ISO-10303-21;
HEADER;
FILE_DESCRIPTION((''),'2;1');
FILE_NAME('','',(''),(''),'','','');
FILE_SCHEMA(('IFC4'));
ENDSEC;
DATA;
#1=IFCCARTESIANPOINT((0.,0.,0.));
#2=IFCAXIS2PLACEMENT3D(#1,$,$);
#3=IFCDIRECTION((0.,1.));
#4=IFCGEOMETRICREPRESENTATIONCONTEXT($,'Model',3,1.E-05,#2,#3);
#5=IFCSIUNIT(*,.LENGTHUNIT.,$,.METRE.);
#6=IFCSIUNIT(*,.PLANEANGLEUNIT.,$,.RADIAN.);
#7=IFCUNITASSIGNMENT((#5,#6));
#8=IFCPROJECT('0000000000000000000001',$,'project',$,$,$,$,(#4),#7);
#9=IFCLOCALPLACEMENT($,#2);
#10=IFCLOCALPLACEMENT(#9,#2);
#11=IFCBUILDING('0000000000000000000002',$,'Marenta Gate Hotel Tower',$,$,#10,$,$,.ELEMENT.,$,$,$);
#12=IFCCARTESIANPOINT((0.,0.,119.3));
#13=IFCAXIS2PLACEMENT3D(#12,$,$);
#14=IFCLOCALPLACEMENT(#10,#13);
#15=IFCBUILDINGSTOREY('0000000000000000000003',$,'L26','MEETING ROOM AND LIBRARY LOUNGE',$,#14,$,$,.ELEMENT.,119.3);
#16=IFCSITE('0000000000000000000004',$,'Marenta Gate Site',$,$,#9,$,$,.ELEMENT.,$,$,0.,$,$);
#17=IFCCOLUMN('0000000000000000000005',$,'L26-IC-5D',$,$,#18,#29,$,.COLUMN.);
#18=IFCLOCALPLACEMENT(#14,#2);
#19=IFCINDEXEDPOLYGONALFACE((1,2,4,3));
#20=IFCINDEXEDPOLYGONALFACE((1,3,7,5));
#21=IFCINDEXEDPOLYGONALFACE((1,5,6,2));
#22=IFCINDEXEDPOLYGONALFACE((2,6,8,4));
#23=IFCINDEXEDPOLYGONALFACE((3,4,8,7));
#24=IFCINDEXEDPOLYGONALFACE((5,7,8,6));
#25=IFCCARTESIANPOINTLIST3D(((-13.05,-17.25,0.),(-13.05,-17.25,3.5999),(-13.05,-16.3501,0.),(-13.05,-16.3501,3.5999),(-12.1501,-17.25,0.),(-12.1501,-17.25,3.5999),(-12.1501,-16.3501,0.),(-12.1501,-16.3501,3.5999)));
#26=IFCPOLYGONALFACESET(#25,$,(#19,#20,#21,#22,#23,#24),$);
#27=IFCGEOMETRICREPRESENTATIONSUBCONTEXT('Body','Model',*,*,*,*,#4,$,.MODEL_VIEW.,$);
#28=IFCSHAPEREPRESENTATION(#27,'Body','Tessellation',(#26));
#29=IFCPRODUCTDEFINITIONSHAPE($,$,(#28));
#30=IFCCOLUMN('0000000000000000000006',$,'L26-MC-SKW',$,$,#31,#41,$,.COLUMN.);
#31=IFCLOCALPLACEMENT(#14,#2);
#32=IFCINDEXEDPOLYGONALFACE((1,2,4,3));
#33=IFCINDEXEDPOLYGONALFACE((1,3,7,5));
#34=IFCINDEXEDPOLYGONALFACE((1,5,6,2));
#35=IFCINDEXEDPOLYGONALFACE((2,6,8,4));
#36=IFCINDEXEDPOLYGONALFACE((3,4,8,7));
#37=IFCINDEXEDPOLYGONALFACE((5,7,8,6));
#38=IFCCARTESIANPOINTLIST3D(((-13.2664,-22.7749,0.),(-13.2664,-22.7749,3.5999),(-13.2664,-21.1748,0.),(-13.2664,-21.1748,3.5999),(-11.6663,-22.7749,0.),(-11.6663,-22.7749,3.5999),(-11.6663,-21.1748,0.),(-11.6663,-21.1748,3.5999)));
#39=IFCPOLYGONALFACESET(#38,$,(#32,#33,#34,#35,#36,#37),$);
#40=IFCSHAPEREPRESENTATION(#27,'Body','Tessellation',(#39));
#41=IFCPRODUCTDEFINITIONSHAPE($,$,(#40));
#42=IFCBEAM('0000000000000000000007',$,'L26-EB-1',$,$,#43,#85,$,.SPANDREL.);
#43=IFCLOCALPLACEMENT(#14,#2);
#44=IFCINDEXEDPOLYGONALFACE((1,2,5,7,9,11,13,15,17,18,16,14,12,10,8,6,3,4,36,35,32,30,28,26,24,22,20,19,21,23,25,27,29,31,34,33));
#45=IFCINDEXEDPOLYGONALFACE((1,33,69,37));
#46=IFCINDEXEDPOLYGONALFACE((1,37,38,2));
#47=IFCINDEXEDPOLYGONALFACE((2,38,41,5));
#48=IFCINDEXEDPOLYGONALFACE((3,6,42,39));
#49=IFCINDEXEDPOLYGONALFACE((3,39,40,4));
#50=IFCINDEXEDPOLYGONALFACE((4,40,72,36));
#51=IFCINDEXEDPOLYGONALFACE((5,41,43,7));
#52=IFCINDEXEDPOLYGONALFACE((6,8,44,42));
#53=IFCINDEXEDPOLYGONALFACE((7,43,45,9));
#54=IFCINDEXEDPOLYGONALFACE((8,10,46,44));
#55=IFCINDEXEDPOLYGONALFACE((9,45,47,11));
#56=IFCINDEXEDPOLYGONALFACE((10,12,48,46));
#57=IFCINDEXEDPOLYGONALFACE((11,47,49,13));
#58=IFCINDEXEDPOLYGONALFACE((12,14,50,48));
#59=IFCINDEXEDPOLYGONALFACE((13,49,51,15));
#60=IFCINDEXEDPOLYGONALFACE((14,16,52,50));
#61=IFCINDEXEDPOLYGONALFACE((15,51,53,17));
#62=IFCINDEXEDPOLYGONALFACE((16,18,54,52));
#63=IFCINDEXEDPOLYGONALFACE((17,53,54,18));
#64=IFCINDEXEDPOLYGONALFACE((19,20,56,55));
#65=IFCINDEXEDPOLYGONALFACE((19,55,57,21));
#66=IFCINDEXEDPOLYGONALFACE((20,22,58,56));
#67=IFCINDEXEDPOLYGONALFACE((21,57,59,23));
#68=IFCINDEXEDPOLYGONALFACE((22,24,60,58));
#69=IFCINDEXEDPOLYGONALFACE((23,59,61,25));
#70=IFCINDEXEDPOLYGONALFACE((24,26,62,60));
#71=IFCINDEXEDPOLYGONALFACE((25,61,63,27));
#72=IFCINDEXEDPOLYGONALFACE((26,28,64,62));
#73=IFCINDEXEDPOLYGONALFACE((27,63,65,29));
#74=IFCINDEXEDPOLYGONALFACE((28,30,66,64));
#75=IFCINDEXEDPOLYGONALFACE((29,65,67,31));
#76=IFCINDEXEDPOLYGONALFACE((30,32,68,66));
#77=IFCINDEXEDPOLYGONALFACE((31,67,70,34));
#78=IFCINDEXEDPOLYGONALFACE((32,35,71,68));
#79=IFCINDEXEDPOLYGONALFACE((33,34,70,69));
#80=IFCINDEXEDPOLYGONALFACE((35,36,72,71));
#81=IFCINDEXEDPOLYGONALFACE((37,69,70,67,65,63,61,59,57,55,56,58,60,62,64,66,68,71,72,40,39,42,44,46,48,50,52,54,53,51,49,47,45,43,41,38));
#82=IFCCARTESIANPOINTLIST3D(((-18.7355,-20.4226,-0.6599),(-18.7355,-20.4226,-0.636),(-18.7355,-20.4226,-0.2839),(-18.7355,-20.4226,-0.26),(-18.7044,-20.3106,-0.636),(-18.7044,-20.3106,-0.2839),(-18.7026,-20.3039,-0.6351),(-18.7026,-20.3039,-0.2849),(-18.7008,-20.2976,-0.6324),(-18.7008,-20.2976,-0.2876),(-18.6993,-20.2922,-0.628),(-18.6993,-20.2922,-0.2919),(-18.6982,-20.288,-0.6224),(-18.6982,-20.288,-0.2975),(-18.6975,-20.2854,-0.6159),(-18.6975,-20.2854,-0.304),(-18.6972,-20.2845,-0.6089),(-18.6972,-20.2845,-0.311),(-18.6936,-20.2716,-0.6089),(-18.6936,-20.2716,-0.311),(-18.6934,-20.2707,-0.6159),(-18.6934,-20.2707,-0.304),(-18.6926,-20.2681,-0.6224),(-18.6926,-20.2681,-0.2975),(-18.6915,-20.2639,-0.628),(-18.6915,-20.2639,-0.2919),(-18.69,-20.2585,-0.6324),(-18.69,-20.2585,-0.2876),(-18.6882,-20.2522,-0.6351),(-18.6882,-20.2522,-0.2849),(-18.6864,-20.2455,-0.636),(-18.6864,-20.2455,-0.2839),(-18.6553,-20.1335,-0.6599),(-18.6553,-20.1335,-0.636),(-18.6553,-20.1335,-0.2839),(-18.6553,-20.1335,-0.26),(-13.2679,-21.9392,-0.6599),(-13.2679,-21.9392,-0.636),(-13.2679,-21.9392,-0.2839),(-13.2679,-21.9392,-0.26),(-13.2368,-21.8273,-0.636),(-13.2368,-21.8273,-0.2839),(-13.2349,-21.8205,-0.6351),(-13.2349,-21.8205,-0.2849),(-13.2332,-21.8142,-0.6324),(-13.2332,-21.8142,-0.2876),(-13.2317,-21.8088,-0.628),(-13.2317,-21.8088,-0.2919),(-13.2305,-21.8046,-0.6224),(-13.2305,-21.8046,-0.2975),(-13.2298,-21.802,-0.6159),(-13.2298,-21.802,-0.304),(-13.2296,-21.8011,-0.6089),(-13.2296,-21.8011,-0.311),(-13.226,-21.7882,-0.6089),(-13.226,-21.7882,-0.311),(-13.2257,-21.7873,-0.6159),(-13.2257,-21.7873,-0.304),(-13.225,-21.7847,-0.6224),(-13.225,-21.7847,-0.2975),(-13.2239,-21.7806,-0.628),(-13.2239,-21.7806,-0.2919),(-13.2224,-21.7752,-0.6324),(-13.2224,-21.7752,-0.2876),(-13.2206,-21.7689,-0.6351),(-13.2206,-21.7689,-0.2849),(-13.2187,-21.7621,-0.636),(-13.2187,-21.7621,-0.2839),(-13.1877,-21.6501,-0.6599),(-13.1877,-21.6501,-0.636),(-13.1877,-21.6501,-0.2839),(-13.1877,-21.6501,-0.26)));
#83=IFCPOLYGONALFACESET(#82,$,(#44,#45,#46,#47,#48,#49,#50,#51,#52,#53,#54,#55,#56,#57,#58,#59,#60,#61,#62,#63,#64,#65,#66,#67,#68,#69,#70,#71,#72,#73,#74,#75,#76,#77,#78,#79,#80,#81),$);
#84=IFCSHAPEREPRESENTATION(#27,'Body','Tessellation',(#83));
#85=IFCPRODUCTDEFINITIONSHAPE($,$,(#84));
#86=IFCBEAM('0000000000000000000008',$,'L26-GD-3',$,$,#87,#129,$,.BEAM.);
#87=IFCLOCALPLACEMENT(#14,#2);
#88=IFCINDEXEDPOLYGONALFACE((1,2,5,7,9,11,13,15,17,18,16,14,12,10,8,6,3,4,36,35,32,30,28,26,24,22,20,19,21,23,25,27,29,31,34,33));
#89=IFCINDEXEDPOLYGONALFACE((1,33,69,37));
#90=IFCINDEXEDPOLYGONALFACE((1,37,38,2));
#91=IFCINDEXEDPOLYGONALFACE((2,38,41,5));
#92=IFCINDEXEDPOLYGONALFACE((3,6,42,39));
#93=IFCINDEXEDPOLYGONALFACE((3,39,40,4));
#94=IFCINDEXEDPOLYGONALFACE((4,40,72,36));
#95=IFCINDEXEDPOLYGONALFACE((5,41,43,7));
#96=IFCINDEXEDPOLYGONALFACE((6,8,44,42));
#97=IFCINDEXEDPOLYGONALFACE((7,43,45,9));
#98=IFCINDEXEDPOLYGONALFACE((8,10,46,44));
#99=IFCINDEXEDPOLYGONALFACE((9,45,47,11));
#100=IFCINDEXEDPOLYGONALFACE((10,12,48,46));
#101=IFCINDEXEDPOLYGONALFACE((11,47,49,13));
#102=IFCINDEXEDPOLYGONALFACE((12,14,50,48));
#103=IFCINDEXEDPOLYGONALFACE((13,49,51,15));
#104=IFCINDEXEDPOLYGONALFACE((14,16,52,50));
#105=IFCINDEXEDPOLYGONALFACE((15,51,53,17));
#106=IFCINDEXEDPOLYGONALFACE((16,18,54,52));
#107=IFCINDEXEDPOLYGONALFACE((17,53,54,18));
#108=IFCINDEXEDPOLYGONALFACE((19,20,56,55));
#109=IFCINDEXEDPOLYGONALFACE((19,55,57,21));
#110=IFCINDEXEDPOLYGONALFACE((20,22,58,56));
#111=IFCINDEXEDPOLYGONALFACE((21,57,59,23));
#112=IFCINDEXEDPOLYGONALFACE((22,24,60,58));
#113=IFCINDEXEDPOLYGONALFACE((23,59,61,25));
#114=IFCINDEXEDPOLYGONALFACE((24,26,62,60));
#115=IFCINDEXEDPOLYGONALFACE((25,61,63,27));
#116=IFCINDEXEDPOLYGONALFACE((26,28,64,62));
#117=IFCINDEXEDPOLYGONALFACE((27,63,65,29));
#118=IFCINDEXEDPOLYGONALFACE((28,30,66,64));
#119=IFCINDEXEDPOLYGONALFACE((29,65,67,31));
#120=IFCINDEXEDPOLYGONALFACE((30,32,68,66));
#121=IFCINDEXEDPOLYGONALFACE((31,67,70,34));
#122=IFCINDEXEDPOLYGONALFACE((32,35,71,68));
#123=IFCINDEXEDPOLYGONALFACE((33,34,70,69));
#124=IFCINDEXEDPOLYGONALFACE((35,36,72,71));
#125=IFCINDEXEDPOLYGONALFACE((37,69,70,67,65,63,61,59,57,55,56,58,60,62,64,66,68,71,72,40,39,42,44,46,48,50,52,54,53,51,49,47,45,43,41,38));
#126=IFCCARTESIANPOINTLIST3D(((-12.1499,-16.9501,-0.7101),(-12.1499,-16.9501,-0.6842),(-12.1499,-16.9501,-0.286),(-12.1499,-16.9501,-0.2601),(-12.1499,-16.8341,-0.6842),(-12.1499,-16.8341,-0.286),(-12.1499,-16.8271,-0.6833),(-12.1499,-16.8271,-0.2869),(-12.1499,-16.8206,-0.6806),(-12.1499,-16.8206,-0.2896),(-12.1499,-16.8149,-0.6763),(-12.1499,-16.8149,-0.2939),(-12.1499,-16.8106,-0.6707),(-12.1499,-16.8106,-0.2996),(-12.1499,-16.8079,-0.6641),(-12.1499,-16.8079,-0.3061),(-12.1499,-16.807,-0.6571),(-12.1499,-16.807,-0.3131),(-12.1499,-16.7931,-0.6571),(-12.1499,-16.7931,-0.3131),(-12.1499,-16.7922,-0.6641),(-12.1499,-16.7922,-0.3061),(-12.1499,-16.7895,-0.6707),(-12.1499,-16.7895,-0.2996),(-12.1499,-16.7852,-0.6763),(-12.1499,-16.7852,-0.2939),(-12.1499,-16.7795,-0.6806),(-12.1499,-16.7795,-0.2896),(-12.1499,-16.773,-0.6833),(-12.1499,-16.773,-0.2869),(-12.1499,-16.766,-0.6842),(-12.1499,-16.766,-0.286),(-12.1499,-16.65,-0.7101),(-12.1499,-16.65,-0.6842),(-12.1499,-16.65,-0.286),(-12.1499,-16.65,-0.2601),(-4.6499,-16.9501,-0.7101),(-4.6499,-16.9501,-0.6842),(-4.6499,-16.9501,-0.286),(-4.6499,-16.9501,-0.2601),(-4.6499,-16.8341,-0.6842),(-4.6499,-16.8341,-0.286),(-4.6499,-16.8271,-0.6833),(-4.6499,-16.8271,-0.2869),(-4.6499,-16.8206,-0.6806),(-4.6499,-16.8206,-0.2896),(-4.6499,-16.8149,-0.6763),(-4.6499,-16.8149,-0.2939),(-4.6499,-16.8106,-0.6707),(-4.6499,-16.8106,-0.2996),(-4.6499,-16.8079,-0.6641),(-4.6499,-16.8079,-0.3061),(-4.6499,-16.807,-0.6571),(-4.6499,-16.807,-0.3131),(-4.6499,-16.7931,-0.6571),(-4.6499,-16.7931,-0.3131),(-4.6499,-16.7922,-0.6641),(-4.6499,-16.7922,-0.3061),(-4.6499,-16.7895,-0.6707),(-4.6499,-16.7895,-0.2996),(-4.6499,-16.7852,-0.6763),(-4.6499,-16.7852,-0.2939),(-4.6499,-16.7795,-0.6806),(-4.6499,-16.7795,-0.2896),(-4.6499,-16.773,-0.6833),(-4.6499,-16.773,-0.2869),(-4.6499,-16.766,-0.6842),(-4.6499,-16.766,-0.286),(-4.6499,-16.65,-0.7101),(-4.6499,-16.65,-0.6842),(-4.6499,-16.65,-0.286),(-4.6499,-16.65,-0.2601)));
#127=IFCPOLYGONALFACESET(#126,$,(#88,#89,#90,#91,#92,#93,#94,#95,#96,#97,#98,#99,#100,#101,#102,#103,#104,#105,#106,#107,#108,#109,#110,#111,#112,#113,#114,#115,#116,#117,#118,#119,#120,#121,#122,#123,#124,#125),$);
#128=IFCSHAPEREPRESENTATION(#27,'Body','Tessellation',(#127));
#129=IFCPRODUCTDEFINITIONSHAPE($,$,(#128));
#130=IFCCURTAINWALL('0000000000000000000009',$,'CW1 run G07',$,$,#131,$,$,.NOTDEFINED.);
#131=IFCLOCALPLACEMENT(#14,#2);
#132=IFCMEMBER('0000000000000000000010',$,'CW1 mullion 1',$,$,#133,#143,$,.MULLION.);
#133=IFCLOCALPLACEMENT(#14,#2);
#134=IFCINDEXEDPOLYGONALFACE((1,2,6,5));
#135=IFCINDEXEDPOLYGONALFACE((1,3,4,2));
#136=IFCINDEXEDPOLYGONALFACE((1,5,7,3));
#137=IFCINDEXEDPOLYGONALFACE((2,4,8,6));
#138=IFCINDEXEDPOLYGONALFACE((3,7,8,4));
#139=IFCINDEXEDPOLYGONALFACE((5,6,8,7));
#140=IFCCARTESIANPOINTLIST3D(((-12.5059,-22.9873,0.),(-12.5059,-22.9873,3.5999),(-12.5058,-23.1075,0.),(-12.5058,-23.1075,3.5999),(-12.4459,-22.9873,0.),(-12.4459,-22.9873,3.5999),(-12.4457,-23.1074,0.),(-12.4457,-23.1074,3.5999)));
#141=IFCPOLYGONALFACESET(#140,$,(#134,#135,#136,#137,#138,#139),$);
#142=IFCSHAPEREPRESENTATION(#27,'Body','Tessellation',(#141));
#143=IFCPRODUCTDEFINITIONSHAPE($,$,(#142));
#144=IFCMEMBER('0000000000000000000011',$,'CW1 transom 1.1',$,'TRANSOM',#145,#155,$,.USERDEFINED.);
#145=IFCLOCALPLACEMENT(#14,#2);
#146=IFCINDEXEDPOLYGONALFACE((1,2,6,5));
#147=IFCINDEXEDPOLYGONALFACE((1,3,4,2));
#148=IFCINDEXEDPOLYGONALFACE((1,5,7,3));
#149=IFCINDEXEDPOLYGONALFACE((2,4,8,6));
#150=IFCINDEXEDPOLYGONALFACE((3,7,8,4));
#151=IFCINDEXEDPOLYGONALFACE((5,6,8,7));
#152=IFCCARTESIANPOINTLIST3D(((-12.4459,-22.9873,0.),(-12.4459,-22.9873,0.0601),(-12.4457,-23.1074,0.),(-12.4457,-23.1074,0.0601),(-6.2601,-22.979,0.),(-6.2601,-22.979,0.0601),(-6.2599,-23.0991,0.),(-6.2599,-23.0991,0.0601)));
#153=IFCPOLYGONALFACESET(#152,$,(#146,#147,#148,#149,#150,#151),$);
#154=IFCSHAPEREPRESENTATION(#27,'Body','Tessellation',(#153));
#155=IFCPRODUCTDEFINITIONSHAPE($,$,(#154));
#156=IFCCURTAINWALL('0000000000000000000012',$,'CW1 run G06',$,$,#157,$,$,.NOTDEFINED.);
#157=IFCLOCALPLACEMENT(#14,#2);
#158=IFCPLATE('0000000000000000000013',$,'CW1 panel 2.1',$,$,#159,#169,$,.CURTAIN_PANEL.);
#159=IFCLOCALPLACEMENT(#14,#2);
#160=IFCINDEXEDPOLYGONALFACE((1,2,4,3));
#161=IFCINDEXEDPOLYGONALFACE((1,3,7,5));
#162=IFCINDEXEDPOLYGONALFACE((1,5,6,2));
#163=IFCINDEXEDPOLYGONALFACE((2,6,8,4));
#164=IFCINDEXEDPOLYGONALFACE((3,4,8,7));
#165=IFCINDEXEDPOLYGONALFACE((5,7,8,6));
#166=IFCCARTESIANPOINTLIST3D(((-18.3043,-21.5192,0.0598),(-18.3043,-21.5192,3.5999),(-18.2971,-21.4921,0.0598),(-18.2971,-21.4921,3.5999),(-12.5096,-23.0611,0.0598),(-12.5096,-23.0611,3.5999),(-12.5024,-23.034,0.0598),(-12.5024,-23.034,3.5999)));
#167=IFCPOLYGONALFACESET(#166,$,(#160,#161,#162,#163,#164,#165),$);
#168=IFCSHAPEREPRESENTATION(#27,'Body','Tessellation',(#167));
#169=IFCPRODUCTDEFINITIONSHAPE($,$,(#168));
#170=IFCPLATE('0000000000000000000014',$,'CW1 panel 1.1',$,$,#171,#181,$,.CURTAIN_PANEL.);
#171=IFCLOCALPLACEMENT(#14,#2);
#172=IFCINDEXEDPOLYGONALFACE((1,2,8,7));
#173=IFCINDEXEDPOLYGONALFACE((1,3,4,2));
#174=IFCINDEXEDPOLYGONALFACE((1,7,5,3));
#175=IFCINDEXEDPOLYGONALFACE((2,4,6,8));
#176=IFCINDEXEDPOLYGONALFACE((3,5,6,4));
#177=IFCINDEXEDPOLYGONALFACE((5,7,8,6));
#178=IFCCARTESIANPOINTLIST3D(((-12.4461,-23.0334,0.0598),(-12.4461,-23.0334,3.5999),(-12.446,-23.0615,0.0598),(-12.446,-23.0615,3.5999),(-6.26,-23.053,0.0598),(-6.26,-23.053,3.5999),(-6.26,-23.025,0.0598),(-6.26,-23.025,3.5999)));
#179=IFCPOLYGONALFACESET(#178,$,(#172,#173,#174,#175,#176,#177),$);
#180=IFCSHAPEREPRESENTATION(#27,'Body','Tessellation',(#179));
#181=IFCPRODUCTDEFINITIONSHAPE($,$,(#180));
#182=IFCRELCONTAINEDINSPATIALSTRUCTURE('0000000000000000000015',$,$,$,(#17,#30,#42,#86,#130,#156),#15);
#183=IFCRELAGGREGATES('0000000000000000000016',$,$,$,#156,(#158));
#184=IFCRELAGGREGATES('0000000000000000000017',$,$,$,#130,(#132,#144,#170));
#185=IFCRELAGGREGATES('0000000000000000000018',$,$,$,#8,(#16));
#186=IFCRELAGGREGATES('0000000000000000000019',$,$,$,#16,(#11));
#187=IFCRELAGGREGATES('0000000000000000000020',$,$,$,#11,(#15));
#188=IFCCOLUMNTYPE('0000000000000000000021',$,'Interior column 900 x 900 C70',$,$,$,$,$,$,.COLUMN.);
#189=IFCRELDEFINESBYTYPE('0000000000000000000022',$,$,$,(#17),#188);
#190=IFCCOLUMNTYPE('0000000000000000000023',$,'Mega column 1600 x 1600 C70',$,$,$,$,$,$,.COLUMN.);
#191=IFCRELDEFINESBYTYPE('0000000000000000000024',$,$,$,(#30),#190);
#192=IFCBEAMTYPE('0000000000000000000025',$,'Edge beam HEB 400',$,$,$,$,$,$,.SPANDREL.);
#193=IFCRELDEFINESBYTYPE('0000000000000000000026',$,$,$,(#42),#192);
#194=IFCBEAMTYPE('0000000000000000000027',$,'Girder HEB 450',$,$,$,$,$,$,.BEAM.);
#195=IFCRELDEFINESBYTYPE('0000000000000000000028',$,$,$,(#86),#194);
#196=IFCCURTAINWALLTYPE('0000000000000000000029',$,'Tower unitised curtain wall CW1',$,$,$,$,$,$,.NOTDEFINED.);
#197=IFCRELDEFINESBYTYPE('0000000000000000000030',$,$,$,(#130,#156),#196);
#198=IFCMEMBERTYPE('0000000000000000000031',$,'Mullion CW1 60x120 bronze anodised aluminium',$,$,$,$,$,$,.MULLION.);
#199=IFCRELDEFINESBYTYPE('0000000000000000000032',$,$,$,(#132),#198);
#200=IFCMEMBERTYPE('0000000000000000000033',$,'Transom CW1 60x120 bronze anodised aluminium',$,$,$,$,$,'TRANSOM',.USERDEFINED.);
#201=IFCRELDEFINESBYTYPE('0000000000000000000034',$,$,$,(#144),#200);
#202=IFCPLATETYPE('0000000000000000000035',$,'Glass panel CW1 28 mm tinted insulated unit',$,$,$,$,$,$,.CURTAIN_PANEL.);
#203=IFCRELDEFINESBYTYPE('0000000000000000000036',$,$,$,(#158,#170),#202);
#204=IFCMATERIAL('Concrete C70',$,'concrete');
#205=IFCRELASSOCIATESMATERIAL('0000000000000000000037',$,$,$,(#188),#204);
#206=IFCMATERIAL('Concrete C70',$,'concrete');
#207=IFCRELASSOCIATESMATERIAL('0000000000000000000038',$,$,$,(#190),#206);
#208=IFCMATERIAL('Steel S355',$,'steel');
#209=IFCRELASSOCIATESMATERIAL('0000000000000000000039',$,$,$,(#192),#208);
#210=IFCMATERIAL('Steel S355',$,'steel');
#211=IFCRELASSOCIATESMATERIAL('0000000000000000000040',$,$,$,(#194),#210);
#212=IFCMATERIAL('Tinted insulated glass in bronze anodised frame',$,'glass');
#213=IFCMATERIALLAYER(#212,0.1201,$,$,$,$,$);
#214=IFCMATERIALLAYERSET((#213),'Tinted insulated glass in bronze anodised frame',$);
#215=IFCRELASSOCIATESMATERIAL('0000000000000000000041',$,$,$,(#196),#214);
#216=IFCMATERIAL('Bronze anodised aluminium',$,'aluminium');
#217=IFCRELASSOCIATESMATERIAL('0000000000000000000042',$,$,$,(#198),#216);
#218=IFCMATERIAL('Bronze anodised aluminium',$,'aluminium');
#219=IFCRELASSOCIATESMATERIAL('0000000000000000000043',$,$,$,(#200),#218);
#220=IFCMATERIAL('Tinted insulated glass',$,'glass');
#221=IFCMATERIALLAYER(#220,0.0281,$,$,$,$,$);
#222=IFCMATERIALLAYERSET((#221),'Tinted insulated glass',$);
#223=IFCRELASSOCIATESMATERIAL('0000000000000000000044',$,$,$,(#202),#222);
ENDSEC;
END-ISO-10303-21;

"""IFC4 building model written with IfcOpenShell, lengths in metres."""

from ifc_helpers import new_model, si_unit, direction, frame, origin, origin_2d, place, context, subcontext, project, spatial, rectangle, i_section, extrude, material, layer, layer_set, material_profile, profile_set, type_object, element, aggregate, save


model = new_model("IFC4")

# Units and contexts
model_context = context("Model", 3, precision=1e-05, world=origin(), true_north=direction((0.0, 1.0)))
body_context = subcontext(model_context, "Body", "Model", "MODEL_VIEW")
ifc_project = project(units=[si_unit("LENGTHUNIT", "METRE"), si_unit("PLANEANGLEUNIT", "RADIAN")], contexts=[model_context])

# Site, building, storey
site_placement = place(None, origin())
site = spatial("IfcSite", under=ifc_project, at=site_placement, Name="Marenta Gate Site", CompositionType="ELEMENT", RefElevation=0.0)
building_placement = place(site_placement, origin())
building = spatial("IfcBuilding", under=site, at=building_placement, Name="Marenta Gate Hotel Tower", CompositionType="ELEMENT")
storey_placement = place(building_placement, frame((0.0, 0.0, 119.3)))
storey = spatial("IfcBuildingStorey", under=building, at=storey_placement, Name="L26", Description="MEETING ROOM AND LIBRARY LOUNGE", CompositionType="ELEMENT", Elevation=119.3)

# Columns
ifc_material_1 = material(Name="Concrete C70", Category="concrete")
ifc_material_profile_1 = material_profile(ifc_material_1, rectangle(XDim=0.8999, YDim=0.8999, at=origin_2d()), Name="900 x 900")
ifc_profile_set_1 = profile_set([ifc_material_profile_1], Name="Concrete C70")
column_type_1 = type_object("IfcColumnType", Name="Interior column 900 x 900 C70", PredefinedType="COLUMN", material=ifc_profile_set_1)
column_1_placement = place(storey_placement, frame((-12.6001, -16.8, 0.0), z_axis=(0.0, 0.0, 1.0), x_axis=(1.0, 0.0, 0.0)))
element("IfcColumn", 1, at=column_1_placement, inside=storey, type_object=column_type_1, Name="L26-IC-5D", PredefinedType="COLUMN", context=body_context, shape_type="SweptSolid", body=[
    extrude(rectangle(XDim=0.8999, YDim=0.8999, at=origin_2d()), origin(), (0.0, 0.0, 1.0), 3.5999),
])
ifc_material_2 = material(Name="Concrete C70", Category="concrete")
ifc_material_profile_2 = material_profile(ifc_material_2, rectangle(XDim=1.6001, YDim=1.6001, at=origin_2d()), Name="1600 x 1600")
ifc_profile_set_2 = profile_set([ifc_material_profile_2], Name="Concrete C70")
column_type_2 = type_object("IfcColumnType", Name="Mega column 1600 x 1600 C70", PredefinedType="COLUMN", material=ifc_profile_set_2)
column_2_placement = place(storey_placement, frame((-12.4663, -21.9749, 0.0), z_axis=(0.0, 0.0, 1.0), x_axis=(1.0, 0.0, 0.0)))
element("IfcColumn", 2, at=column_2_placement, inside=storey, type_object=column_type_2, Name="L26-MC-SKW", PredefinedType="COLUMN", context=body_context, shape_type="SweptSolid", body=[
    extrude(rectangle(XDim=1.6001, YDim=1.6001, at=origin_2d()), origin(), (0.0, 0.0, 1.0), 3.5999),
])

# Beams
ifc_material_3 = material(Name="Steel S355", Category="steel")
ifc_material_profile_3 = material_profile(ifc_material_3, i_section(OverallWidth=0.3, OverallDepth=0.3999, WebThickness=0.0134, FlangeThickness=0.0239, FilletRadius=0.0271, at=origin_2d()), Name="HEB 400")
ifc_profile_set_3 = profile_set([ifc_material_profile_3], Name="Steel S355")
beam_type_1 = type_object("IfcBeamType", Name="Edge beam HEB 400", PredefinedType="SPANDREL", material=ifc_profile_set_3)
beam_1_placement = place(storey_placement, frame((-13.2278, -21.7947, -0.46), z_axis=(-0.963616, 0.267291, 0.0), x_axis=(-0.267291, -0.963616, 0.0)))
element("IfcBeam", 3, at=beam_1_placement, inside=storey, type_object=beam_type_1, Name="L26-EB-1", PredefinedType="SPANDREL", context=body_context, shape_type="SweptSolid", body=[
    extrude(i_section(OverallWidth=0.3, OverallDepth=0.3999, WebThickness=0.0134, FlangeThickness=0.0239, FilletRadius=0.0271, at=origin_2d()), origin(), (0.0, 0.0, 1.0), 5.6741),
])
ifc_material_4 = material(Name="Steel S355", Category="steel")
ifc_material_profile_4 = material_profile(ifc_material_4, i_section(OverallWidth=0.3, OverallDepth=0.45, WebThickness=0.0139, FlangeThickness=0.0259, FilletRadius=0.0271, at=origin_2d()), Name="HEB 450")
ifc_profile_set_4 = profile_set([ifc_material_profile_4], Name="Steel S355")
beam_type_2 = type_object("IfcBeamType", Name="Girder HEB 450", PredefinedType="BEAM", material=ifc_profile_set_4)
beam_2_placement = place(storey_placement, frame((-12.1499, -16.8, -0.4851), z_axis=(1.0, 0.0, 0.0), x_axis=(0.0, 1.0, 0.0)))
element("IfcBeam", 4, at=beam_2_placement, inside=storey, type_object=beam_type_2, Name="L26-GD-3", PredefinedType="BEAM", context=body_context, shape_type="SweptSolid", body=[
    extrude(i_section(OverallWidth=0.3, OverallDepth=0.45, WebThickness=0.0139, FlangeThickness=0.0259, FilletRadius=0.0271, at=origin_2d()), origin(), (0.0, 0.0, 1.0), 7.5),
])

# Curtain wall, members
ifc_material_5 = material(Name="Tinted insulated glass in bronze anodised frame", Category="glass")
ifc_layer_1 = layer(ifc_material_5, 0.1201)
ifc_layer_set_1 = layer_set([ifc_layer_1], Name="Tinted insulated glass in bronze anodised frame")
curtain_wall_type = type_object("IfcCurtainWallType", Name="Tower unitised curtain wall CW1", PredefinedType="NOTDEFINED", material=ifc_layer_set_1)
curtain_wall_1_placement = place(storey_placement, origin())
curtain_wall_1 = element("IfcCurtainWall", 5, at=curtain_wall_1_placement, inside=storey, type_object=curtain_wall_type, Name="CW1 run G07", PredefinedType="NOTDEFINED")
ifc_material_6 = material(Name="Bronze anodised aluminium", Category="aluminium")
ifc_material_profile_5 = material_profile(ifc_material_6, rectangle(XDim=0.1201, YDim=0.0601, at=origin_2d()), Name="Mullion CW1 60x120 bronze anodised aluminium")
ifc_profile_set_5 = profile_set([ifc_material_profile_5], Name="Bronze anodised aluminium")
member_type_1 = type_object("IfcMemberType", Name="Mullion CW1 60x120 bronze anodised aluminium", PredefinedType="MULLION", material=ifc_profile_set_5)
member_1_placement = place(storey_placement, frame((-12.4758, -23.0474, 0.0), z_axis=(0.0, 0.0, 1.0), x_axis=(-0.001362, 0.999999, 0.0)))
member_1 = element("IfcMember", 6, at=member_1_placement, type_object=member_type_1, Name="CW1 mullion 1", PredefinedType="MULLION", context=body_context, shape_type="SweptSolid", body=[
    extrude(rectangle(XDim=0.1201, YDim=0.0601, at=origin_2d()), origin(), (0.0, 0.0, 1.0), 3.5999),
])
ifc_material_7 = material(Name="Bronze anodised aluminium", Category="aluminium")
ifc_material_profile_6 = material_profile(ifc_material_7, rectangle(XDim=0.1201, YDim=0.0601, at=origin_2d()), Name="Transom CW1 60x120 bronze anodised aluminium")
ifc_profile_set_6 = profile_set([ifc_material_profile_6], Name="Bronze anodised aluminium")
member_type_2 = type_object("IfcMemberType", Name="Transom CW1 60x120 bronze anodised aluminium", ElementType="TRANSOM", PredefinedType="USERDEFINED", material=ifc_profile_set_6)
member_2_placement = place(storey_placement, frame((-12.4458, -23.0474, 0.03), z_axis=(0.999999, 0.001342, 0.0), x_axis=(-0.001342, 0.999999, 0.0)))
member_2 = element("IfcMember", 7, at=member_2_placement, type_object=member_type_2, Name="CW1 transom 1.1", ObjectType="TRANSOM", PredefinedType="USERDEFINED", context=body_context, shape_type="SweptSolid", body=[
    extrude(rectangle(XDim=0.1201, YDim=0.0601, at=origin_2d()), origin(), (0.0, 0.0, 1.0), 6.1858),
])

# Curtain wall, plate
curtain_wall_2_placement = place(storey_placement, origin())
curtain_wall_2 = element("IfcCurtainWall", 8, at=curtain_wall_2_placement, inside=storey, type_object=curtain_wall_type, Name="CW1 run G06", PredefinedType="NOTDEFINED")
ifc_material_8 = material(Name="Tinted insulated glass", Category="glass")
ifc_layer_2 = layer(ifc_material_8, 0.0281)
ifc_layer_set_2 = layer_set([ifc_layer_2], Name="Tinted insulated glass")
plate_type = type_object("IfcPlateType", Name="Glass panel CW1 28 mm tinted insulated unit", PredefinedType="CURTAIN_PANEL", material=ifc_layer_set_2)
plate_1_placement = place(storey_placement, frame((-15.4033, -22.2766, 0.0598), z_axis=(0.0, 0.0, 1.0), x_axis=(0.966373, -0.257144, 0.0)))
plate_1 = element("IfcPlate", 9, at=plate_1_placement, type_object=plate_type, Name="CW1 panel 2.1", PredefinedType="CURTAIN_PANEL", context=body_context, shape_type="SweptSolid", body=[
    extrude(rectangle(XDim=5.9963, YDim=0.0281, at=origin_2d()), origin(), (0.0, 0.0, 1.0), 3.54),
])
aggregate(curtain_wall_2, [plate_1])

# Plate
plate_2_placement = place(storey_placement, frame((-9.353, -23.0432, 0.0598), z_axis=(0.0, 0.0, 1.0), x_axis=(0.999999, 0.001362, 0.0)))
plate_2 = element("IfcPlate", 10, at=plate_2_placement, type_object=plate_type, Name="CW1 panel 1.1", PredefinedType="CURTAIN_PANEL", context=body_context, shape_type="SweptSolid", body=[
    extrude(rectangle(XDim=6.186, YDim=0.0281, at=origin_2d()), origin(), (0.0, 0.0, 1.0), 3.54),
])
aggregate(curtain_wall_1, [member_1, member_2, plate_2])

save(model, "model.ifc")
